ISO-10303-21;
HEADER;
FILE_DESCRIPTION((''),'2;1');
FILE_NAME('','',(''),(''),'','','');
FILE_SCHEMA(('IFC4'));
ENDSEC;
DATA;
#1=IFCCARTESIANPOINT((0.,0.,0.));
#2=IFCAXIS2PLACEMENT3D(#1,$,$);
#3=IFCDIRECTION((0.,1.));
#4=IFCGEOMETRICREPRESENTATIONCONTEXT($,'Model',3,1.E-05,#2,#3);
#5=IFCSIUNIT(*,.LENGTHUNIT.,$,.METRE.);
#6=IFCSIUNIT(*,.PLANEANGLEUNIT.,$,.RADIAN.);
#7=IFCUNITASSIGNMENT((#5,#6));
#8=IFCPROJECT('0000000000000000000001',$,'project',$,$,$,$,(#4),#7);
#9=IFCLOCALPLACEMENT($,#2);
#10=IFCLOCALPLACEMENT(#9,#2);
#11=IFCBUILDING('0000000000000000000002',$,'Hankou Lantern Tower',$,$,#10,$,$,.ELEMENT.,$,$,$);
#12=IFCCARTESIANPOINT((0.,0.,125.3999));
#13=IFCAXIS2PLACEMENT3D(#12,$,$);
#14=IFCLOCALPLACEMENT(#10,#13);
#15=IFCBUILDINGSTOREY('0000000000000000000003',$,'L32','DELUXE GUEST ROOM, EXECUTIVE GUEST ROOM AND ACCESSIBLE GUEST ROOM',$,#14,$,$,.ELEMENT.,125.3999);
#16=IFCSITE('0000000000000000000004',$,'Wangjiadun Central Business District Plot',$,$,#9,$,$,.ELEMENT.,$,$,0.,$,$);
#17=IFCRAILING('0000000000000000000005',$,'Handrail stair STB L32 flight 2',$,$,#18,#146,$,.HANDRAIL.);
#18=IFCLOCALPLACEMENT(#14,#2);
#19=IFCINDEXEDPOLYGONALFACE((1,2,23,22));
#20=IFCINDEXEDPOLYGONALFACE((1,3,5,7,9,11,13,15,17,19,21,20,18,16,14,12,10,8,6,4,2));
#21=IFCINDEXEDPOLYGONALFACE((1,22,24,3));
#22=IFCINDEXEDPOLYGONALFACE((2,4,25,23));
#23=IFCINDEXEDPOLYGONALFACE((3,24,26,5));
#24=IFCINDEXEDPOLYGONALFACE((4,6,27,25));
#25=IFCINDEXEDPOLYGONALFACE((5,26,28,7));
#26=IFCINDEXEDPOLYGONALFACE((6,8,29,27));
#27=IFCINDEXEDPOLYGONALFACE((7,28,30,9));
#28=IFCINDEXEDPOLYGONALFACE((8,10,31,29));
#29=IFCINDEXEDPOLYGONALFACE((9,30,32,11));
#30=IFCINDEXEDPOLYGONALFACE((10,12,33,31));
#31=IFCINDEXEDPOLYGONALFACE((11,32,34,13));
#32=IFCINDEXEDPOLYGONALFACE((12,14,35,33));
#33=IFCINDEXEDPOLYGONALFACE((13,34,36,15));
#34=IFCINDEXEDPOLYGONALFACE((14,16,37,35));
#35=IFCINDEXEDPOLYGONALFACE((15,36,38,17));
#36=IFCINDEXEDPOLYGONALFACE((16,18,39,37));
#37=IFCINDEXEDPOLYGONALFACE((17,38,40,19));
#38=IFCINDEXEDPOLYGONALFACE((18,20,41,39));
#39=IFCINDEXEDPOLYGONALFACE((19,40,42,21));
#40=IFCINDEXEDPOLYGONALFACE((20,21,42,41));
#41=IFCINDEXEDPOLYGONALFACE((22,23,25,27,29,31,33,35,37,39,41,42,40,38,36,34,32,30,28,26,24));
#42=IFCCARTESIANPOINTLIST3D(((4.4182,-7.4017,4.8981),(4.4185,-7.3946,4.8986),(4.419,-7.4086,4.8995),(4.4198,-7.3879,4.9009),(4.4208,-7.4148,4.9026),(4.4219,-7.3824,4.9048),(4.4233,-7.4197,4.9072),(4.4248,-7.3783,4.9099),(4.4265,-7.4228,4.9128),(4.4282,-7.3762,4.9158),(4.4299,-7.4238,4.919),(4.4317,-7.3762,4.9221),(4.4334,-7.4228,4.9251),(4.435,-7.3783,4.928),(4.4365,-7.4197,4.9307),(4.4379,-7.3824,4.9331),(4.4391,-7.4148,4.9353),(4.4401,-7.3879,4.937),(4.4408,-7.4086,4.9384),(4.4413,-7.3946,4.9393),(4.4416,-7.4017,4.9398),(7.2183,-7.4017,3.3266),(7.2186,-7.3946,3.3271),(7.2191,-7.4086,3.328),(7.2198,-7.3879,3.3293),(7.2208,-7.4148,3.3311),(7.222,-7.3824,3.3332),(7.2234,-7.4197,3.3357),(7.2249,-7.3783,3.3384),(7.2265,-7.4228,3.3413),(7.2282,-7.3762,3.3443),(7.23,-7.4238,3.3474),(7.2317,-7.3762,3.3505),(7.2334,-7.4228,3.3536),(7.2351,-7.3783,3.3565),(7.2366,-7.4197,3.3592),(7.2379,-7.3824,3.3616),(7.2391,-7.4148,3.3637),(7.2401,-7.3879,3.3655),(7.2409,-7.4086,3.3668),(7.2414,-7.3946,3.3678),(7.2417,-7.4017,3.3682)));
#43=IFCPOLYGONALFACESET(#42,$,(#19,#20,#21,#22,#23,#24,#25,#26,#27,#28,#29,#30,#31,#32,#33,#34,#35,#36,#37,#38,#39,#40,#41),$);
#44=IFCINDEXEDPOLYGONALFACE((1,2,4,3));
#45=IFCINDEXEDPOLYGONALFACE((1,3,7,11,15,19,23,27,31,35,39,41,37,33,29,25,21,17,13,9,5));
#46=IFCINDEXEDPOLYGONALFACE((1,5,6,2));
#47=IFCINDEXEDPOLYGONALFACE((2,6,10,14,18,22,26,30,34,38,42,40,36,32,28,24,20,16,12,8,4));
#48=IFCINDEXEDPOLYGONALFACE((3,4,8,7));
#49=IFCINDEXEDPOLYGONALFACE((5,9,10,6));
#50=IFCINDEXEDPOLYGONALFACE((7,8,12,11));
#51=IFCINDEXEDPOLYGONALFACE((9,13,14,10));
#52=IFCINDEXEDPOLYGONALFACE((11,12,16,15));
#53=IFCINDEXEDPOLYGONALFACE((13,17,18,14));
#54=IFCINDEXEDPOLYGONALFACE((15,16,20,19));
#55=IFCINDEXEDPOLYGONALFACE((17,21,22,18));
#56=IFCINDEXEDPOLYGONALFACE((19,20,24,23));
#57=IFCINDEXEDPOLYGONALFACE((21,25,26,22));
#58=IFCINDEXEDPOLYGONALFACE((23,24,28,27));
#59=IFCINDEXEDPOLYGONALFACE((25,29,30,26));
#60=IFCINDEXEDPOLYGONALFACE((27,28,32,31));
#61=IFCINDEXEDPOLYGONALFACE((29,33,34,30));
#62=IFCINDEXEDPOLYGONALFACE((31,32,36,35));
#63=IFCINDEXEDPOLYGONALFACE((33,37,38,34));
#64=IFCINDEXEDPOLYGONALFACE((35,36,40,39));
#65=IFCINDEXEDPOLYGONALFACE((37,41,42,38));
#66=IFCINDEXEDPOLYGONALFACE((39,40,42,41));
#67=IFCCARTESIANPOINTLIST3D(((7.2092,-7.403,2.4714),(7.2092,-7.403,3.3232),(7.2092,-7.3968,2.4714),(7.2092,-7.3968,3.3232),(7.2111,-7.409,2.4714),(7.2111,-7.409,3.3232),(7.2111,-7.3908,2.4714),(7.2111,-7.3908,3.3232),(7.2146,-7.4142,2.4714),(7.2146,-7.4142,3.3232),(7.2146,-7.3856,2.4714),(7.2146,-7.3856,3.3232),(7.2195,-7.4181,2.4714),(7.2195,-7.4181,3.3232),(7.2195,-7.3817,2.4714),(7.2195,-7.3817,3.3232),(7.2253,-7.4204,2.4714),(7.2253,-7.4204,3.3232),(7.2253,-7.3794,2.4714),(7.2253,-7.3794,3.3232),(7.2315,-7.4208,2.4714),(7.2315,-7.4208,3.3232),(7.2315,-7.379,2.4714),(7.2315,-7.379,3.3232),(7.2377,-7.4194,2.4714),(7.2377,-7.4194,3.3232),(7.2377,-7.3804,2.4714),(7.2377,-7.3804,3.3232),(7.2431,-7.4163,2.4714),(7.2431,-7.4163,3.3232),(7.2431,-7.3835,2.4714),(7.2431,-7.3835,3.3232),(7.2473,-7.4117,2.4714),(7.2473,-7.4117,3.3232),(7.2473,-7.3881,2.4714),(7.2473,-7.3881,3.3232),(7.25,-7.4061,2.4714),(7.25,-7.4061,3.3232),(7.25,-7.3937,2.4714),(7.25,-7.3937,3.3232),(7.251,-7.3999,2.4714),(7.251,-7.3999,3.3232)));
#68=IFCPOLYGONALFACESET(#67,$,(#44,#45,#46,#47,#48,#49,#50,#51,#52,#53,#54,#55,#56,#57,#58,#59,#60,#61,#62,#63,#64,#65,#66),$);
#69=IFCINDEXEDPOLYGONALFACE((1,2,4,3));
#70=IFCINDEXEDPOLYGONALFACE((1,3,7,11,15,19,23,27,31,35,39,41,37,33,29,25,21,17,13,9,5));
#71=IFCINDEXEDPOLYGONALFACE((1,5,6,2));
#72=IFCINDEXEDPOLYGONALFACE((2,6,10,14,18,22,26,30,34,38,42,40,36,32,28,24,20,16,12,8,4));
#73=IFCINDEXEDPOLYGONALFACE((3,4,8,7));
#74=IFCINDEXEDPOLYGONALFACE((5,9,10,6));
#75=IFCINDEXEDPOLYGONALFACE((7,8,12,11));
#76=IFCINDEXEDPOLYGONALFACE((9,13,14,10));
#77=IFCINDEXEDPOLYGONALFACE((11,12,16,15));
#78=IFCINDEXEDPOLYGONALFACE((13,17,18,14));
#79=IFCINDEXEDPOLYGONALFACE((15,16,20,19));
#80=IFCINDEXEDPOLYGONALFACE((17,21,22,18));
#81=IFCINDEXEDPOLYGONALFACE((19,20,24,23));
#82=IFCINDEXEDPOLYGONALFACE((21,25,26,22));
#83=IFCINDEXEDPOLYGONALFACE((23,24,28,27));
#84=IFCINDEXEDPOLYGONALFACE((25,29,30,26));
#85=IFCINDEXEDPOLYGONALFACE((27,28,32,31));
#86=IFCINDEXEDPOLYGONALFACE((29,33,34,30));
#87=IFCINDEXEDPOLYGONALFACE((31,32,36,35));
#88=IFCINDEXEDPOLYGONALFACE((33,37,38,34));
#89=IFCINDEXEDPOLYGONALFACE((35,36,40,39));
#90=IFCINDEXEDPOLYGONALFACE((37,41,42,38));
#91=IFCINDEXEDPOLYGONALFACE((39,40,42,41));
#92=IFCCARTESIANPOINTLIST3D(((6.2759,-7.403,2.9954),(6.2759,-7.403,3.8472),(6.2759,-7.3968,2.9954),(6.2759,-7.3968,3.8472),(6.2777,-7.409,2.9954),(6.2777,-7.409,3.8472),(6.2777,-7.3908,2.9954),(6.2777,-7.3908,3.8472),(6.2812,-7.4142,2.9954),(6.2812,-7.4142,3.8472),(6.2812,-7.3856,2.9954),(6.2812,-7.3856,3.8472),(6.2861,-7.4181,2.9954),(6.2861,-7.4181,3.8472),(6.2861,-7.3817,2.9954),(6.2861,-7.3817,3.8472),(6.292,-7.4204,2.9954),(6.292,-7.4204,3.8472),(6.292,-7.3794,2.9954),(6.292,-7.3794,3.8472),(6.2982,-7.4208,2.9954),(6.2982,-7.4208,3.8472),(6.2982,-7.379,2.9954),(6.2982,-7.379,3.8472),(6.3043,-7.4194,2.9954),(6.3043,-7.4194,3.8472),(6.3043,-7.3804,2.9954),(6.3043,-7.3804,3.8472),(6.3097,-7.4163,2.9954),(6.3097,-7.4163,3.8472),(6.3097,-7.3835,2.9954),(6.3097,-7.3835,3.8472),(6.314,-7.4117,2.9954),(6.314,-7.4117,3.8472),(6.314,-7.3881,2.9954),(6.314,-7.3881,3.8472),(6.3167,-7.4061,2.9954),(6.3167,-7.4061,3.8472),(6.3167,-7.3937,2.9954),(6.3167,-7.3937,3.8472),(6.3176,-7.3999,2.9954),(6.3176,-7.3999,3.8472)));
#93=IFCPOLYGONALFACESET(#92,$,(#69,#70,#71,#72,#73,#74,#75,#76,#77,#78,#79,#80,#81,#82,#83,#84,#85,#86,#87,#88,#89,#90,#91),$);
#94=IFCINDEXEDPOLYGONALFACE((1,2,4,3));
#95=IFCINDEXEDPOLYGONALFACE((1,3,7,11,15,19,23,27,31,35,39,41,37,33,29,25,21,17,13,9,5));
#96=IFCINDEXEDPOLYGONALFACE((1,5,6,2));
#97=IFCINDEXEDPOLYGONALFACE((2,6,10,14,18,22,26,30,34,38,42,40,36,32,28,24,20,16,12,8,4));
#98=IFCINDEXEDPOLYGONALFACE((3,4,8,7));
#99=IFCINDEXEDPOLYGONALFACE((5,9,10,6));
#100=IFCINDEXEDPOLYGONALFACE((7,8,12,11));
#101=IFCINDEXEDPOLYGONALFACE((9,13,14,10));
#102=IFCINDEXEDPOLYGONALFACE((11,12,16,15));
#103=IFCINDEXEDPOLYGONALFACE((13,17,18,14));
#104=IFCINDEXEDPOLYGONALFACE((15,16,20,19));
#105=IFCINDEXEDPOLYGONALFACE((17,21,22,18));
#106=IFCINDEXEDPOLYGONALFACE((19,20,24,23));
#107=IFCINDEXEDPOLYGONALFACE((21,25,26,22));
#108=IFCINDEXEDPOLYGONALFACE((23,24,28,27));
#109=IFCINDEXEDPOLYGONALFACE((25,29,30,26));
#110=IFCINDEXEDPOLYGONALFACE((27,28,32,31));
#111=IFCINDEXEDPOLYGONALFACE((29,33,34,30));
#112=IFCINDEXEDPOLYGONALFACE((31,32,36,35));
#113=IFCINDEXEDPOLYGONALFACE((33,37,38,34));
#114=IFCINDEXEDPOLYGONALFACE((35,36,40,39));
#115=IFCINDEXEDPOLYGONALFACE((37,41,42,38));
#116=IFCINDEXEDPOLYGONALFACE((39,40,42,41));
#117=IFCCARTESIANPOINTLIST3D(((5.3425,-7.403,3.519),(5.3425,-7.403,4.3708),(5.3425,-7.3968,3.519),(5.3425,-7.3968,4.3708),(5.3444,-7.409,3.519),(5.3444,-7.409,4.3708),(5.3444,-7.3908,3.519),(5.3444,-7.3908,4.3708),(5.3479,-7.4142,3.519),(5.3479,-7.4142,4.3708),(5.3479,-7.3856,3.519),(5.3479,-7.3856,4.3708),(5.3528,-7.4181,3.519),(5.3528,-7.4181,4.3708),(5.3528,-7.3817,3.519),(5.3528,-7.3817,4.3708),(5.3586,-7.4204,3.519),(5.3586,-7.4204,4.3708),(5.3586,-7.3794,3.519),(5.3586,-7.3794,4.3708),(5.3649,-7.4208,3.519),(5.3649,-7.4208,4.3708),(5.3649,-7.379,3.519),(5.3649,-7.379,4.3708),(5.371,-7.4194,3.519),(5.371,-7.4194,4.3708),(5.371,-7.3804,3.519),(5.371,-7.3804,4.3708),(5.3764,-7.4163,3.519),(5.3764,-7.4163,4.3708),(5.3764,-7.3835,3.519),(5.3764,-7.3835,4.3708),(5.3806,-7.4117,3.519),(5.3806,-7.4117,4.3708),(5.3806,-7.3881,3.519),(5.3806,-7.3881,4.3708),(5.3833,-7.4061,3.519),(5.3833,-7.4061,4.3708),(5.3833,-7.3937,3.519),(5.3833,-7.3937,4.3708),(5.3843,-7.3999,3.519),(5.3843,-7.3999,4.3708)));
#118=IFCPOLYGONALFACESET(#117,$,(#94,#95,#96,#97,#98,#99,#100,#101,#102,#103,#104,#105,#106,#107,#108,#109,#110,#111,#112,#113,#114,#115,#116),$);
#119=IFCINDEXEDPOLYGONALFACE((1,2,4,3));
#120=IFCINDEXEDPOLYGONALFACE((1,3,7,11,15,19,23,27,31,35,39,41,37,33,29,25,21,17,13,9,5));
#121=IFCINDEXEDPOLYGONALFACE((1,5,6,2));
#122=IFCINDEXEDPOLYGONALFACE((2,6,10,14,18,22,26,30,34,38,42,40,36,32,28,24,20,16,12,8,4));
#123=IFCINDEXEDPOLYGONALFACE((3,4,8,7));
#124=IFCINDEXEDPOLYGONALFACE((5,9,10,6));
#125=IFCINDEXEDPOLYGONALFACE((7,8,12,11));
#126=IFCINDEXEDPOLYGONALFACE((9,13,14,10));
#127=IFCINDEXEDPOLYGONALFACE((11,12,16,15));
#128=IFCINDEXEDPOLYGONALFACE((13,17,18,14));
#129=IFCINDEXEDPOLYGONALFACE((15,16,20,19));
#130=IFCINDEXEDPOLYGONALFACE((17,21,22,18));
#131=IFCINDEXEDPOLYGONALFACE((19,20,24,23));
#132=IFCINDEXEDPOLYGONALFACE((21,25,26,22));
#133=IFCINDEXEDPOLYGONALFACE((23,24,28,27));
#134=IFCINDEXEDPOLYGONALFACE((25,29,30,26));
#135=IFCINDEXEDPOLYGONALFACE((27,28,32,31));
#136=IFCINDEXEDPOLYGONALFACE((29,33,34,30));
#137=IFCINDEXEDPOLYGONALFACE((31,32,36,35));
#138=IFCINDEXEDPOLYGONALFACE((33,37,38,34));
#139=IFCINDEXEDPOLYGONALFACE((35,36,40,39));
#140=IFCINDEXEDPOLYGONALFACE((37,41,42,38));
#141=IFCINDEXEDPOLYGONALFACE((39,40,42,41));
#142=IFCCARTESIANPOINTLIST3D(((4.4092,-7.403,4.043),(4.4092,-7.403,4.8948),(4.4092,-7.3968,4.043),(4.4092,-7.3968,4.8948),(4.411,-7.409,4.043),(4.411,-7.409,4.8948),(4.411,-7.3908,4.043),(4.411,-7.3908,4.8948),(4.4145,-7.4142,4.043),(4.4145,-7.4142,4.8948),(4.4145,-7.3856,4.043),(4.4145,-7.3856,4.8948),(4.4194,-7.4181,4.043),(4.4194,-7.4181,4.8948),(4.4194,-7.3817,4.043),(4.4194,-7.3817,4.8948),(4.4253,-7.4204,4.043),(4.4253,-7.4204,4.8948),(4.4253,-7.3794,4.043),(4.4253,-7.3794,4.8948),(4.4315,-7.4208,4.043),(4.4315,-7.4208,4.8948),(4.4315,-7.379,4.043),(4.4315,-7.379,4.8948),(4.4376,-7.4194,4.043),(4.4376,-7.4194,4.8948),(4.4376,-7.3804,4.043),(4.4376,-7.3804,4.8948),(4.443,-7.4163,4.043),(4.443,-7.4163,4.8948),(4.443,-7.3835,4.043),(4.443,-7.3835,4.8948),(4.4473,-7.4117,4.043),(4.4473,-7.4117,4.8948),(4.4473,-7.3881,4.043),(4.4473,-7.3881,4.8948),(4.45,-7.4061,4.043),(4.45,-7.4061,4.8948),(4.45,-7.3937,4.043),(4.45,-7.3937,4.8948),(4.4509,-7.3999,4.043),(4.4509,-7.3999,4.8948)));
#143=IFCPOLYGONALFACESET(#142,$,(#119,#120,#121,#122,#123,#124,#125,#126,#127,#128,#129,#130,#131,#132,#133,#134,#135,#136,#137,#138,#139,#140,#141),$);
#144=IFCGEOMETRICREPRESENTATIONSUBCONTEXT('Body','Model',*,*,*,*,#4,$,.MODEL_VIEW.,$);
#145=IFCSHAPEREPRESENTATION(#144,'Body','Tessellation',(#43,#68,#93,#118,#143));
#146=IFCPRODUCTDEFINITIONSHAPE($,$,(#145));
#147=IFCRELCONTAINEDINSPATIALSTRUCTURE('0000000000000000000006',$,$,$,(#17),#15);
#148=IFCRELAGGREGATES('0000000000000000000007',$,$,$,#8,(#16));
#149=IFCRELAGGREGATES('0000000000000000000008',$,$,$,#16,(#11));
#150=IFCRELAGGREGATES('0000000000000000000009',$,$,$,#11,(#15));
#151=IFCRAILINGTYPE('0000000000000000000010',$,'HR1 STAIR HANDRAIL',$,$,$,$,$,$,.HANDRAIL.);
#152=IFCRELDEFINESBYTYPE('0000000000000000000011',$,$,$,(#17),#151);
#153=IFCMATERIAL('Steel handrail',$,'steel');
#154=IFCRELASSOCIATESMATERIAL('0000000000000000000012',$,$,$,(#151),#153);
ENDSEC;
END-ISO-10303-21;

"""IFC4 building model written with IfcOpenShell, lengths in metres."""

from ifc_helpers import new_model, si_unit, direction, frame, origin, origin_2d, place, context, subcontext, project, spatial, circle, extrude, material, type_object, element, save


model = new_model("IFC4")

# Units and contexts
model_context = context("Model", 3, precision=1e-05, world=origin(), true_north=direction((0.0, 1.0)))
body_context = subcontext(model_context, "Body", "Model", "MODEL_VIEW")
ifc_project = project(units=[si_unit("LENGTHUNIT", "METRE"), si_unit("PLANEANGLEUNIT", "RADIAN")], contexts=[model_context])

# Site, building, storey
site_placement = place(None, origin())
site = spatial("IfcSite", under=ifc_project, at=site_placement, Name="Wangjiadun Central Business District Plot", CompositionType="ELEMENT", RefElevation=0.0)
building_placement = place(site_placement, origin())
building = spatial("IfcBuilding", under=site, at=building_placement, Name="Hankou Lantern Tower", CompositionType="ELEMENT")
storey_placement = place(building_placement, frame((0.0, 0.0, 125.3999)))
storey = spatial("IfcBuildingStorey", under=building, at=storey_placement, Name="L32", Description="DELUXE GUEST ROOM, EXECUTIVE GUEST ROOM AND ACCESSIBLE GUEST ROOM", CompositionType="ELEMENT", Elevation=125.3999)

# Railing
ifc_material_1 = material(Name="Steel handrail", Category="steel")
railing_type = type_object("IfcRailingType", Name="HR1 STAIR HANDRAIL", PredefinedType="HANDRAIL", material=ifc_material_1)
railing_1_placement = place(storey_placement, frame((7.23, -7.3999, 2.4714)))
element("IfcRailing", 1, at=railing_1_placement, inside=storey, type_object=railing_type, Name="Handrail stair STB L32 flight 2", PredefinedType="HANDRAIL", context=body_context, shape_type="SweptSolid", body=[
    extrude(circle(Radius=0.0239, at=origin_2d()), frame((0.0, 0.0, 0.876), z_axis=(-0.87204, 0.0, 0.489434), x_axis=(0.0, -1.0, 0.0)), (0.0, 0.0, 1.0), 3.2109),
    extrude(circle(Radius=0.021, at=origin_2d()), origin(), (0.0, 0.0, 1.0), 0.8518),
    extrude(circle(Radius=0.021, at=origin_2d()), frame((-0.9333, 0.0, 0.5239)), (0.0, 0.0, 1.0), 0.8518),
    extrude(circle(Radius=0.021, at=origin_2d()), frame((-1.8667, 0.0, 1.0476)), (0.0, 0.0, 1.0), 0.8518),
    extrude(circle(Radius=0.021, at=origin_2d()), frame((-2.8, 0.0, 1.5715)), (0.0, 0.0, 1.0), 0.8518),
])

save(model, "model.ifc")
